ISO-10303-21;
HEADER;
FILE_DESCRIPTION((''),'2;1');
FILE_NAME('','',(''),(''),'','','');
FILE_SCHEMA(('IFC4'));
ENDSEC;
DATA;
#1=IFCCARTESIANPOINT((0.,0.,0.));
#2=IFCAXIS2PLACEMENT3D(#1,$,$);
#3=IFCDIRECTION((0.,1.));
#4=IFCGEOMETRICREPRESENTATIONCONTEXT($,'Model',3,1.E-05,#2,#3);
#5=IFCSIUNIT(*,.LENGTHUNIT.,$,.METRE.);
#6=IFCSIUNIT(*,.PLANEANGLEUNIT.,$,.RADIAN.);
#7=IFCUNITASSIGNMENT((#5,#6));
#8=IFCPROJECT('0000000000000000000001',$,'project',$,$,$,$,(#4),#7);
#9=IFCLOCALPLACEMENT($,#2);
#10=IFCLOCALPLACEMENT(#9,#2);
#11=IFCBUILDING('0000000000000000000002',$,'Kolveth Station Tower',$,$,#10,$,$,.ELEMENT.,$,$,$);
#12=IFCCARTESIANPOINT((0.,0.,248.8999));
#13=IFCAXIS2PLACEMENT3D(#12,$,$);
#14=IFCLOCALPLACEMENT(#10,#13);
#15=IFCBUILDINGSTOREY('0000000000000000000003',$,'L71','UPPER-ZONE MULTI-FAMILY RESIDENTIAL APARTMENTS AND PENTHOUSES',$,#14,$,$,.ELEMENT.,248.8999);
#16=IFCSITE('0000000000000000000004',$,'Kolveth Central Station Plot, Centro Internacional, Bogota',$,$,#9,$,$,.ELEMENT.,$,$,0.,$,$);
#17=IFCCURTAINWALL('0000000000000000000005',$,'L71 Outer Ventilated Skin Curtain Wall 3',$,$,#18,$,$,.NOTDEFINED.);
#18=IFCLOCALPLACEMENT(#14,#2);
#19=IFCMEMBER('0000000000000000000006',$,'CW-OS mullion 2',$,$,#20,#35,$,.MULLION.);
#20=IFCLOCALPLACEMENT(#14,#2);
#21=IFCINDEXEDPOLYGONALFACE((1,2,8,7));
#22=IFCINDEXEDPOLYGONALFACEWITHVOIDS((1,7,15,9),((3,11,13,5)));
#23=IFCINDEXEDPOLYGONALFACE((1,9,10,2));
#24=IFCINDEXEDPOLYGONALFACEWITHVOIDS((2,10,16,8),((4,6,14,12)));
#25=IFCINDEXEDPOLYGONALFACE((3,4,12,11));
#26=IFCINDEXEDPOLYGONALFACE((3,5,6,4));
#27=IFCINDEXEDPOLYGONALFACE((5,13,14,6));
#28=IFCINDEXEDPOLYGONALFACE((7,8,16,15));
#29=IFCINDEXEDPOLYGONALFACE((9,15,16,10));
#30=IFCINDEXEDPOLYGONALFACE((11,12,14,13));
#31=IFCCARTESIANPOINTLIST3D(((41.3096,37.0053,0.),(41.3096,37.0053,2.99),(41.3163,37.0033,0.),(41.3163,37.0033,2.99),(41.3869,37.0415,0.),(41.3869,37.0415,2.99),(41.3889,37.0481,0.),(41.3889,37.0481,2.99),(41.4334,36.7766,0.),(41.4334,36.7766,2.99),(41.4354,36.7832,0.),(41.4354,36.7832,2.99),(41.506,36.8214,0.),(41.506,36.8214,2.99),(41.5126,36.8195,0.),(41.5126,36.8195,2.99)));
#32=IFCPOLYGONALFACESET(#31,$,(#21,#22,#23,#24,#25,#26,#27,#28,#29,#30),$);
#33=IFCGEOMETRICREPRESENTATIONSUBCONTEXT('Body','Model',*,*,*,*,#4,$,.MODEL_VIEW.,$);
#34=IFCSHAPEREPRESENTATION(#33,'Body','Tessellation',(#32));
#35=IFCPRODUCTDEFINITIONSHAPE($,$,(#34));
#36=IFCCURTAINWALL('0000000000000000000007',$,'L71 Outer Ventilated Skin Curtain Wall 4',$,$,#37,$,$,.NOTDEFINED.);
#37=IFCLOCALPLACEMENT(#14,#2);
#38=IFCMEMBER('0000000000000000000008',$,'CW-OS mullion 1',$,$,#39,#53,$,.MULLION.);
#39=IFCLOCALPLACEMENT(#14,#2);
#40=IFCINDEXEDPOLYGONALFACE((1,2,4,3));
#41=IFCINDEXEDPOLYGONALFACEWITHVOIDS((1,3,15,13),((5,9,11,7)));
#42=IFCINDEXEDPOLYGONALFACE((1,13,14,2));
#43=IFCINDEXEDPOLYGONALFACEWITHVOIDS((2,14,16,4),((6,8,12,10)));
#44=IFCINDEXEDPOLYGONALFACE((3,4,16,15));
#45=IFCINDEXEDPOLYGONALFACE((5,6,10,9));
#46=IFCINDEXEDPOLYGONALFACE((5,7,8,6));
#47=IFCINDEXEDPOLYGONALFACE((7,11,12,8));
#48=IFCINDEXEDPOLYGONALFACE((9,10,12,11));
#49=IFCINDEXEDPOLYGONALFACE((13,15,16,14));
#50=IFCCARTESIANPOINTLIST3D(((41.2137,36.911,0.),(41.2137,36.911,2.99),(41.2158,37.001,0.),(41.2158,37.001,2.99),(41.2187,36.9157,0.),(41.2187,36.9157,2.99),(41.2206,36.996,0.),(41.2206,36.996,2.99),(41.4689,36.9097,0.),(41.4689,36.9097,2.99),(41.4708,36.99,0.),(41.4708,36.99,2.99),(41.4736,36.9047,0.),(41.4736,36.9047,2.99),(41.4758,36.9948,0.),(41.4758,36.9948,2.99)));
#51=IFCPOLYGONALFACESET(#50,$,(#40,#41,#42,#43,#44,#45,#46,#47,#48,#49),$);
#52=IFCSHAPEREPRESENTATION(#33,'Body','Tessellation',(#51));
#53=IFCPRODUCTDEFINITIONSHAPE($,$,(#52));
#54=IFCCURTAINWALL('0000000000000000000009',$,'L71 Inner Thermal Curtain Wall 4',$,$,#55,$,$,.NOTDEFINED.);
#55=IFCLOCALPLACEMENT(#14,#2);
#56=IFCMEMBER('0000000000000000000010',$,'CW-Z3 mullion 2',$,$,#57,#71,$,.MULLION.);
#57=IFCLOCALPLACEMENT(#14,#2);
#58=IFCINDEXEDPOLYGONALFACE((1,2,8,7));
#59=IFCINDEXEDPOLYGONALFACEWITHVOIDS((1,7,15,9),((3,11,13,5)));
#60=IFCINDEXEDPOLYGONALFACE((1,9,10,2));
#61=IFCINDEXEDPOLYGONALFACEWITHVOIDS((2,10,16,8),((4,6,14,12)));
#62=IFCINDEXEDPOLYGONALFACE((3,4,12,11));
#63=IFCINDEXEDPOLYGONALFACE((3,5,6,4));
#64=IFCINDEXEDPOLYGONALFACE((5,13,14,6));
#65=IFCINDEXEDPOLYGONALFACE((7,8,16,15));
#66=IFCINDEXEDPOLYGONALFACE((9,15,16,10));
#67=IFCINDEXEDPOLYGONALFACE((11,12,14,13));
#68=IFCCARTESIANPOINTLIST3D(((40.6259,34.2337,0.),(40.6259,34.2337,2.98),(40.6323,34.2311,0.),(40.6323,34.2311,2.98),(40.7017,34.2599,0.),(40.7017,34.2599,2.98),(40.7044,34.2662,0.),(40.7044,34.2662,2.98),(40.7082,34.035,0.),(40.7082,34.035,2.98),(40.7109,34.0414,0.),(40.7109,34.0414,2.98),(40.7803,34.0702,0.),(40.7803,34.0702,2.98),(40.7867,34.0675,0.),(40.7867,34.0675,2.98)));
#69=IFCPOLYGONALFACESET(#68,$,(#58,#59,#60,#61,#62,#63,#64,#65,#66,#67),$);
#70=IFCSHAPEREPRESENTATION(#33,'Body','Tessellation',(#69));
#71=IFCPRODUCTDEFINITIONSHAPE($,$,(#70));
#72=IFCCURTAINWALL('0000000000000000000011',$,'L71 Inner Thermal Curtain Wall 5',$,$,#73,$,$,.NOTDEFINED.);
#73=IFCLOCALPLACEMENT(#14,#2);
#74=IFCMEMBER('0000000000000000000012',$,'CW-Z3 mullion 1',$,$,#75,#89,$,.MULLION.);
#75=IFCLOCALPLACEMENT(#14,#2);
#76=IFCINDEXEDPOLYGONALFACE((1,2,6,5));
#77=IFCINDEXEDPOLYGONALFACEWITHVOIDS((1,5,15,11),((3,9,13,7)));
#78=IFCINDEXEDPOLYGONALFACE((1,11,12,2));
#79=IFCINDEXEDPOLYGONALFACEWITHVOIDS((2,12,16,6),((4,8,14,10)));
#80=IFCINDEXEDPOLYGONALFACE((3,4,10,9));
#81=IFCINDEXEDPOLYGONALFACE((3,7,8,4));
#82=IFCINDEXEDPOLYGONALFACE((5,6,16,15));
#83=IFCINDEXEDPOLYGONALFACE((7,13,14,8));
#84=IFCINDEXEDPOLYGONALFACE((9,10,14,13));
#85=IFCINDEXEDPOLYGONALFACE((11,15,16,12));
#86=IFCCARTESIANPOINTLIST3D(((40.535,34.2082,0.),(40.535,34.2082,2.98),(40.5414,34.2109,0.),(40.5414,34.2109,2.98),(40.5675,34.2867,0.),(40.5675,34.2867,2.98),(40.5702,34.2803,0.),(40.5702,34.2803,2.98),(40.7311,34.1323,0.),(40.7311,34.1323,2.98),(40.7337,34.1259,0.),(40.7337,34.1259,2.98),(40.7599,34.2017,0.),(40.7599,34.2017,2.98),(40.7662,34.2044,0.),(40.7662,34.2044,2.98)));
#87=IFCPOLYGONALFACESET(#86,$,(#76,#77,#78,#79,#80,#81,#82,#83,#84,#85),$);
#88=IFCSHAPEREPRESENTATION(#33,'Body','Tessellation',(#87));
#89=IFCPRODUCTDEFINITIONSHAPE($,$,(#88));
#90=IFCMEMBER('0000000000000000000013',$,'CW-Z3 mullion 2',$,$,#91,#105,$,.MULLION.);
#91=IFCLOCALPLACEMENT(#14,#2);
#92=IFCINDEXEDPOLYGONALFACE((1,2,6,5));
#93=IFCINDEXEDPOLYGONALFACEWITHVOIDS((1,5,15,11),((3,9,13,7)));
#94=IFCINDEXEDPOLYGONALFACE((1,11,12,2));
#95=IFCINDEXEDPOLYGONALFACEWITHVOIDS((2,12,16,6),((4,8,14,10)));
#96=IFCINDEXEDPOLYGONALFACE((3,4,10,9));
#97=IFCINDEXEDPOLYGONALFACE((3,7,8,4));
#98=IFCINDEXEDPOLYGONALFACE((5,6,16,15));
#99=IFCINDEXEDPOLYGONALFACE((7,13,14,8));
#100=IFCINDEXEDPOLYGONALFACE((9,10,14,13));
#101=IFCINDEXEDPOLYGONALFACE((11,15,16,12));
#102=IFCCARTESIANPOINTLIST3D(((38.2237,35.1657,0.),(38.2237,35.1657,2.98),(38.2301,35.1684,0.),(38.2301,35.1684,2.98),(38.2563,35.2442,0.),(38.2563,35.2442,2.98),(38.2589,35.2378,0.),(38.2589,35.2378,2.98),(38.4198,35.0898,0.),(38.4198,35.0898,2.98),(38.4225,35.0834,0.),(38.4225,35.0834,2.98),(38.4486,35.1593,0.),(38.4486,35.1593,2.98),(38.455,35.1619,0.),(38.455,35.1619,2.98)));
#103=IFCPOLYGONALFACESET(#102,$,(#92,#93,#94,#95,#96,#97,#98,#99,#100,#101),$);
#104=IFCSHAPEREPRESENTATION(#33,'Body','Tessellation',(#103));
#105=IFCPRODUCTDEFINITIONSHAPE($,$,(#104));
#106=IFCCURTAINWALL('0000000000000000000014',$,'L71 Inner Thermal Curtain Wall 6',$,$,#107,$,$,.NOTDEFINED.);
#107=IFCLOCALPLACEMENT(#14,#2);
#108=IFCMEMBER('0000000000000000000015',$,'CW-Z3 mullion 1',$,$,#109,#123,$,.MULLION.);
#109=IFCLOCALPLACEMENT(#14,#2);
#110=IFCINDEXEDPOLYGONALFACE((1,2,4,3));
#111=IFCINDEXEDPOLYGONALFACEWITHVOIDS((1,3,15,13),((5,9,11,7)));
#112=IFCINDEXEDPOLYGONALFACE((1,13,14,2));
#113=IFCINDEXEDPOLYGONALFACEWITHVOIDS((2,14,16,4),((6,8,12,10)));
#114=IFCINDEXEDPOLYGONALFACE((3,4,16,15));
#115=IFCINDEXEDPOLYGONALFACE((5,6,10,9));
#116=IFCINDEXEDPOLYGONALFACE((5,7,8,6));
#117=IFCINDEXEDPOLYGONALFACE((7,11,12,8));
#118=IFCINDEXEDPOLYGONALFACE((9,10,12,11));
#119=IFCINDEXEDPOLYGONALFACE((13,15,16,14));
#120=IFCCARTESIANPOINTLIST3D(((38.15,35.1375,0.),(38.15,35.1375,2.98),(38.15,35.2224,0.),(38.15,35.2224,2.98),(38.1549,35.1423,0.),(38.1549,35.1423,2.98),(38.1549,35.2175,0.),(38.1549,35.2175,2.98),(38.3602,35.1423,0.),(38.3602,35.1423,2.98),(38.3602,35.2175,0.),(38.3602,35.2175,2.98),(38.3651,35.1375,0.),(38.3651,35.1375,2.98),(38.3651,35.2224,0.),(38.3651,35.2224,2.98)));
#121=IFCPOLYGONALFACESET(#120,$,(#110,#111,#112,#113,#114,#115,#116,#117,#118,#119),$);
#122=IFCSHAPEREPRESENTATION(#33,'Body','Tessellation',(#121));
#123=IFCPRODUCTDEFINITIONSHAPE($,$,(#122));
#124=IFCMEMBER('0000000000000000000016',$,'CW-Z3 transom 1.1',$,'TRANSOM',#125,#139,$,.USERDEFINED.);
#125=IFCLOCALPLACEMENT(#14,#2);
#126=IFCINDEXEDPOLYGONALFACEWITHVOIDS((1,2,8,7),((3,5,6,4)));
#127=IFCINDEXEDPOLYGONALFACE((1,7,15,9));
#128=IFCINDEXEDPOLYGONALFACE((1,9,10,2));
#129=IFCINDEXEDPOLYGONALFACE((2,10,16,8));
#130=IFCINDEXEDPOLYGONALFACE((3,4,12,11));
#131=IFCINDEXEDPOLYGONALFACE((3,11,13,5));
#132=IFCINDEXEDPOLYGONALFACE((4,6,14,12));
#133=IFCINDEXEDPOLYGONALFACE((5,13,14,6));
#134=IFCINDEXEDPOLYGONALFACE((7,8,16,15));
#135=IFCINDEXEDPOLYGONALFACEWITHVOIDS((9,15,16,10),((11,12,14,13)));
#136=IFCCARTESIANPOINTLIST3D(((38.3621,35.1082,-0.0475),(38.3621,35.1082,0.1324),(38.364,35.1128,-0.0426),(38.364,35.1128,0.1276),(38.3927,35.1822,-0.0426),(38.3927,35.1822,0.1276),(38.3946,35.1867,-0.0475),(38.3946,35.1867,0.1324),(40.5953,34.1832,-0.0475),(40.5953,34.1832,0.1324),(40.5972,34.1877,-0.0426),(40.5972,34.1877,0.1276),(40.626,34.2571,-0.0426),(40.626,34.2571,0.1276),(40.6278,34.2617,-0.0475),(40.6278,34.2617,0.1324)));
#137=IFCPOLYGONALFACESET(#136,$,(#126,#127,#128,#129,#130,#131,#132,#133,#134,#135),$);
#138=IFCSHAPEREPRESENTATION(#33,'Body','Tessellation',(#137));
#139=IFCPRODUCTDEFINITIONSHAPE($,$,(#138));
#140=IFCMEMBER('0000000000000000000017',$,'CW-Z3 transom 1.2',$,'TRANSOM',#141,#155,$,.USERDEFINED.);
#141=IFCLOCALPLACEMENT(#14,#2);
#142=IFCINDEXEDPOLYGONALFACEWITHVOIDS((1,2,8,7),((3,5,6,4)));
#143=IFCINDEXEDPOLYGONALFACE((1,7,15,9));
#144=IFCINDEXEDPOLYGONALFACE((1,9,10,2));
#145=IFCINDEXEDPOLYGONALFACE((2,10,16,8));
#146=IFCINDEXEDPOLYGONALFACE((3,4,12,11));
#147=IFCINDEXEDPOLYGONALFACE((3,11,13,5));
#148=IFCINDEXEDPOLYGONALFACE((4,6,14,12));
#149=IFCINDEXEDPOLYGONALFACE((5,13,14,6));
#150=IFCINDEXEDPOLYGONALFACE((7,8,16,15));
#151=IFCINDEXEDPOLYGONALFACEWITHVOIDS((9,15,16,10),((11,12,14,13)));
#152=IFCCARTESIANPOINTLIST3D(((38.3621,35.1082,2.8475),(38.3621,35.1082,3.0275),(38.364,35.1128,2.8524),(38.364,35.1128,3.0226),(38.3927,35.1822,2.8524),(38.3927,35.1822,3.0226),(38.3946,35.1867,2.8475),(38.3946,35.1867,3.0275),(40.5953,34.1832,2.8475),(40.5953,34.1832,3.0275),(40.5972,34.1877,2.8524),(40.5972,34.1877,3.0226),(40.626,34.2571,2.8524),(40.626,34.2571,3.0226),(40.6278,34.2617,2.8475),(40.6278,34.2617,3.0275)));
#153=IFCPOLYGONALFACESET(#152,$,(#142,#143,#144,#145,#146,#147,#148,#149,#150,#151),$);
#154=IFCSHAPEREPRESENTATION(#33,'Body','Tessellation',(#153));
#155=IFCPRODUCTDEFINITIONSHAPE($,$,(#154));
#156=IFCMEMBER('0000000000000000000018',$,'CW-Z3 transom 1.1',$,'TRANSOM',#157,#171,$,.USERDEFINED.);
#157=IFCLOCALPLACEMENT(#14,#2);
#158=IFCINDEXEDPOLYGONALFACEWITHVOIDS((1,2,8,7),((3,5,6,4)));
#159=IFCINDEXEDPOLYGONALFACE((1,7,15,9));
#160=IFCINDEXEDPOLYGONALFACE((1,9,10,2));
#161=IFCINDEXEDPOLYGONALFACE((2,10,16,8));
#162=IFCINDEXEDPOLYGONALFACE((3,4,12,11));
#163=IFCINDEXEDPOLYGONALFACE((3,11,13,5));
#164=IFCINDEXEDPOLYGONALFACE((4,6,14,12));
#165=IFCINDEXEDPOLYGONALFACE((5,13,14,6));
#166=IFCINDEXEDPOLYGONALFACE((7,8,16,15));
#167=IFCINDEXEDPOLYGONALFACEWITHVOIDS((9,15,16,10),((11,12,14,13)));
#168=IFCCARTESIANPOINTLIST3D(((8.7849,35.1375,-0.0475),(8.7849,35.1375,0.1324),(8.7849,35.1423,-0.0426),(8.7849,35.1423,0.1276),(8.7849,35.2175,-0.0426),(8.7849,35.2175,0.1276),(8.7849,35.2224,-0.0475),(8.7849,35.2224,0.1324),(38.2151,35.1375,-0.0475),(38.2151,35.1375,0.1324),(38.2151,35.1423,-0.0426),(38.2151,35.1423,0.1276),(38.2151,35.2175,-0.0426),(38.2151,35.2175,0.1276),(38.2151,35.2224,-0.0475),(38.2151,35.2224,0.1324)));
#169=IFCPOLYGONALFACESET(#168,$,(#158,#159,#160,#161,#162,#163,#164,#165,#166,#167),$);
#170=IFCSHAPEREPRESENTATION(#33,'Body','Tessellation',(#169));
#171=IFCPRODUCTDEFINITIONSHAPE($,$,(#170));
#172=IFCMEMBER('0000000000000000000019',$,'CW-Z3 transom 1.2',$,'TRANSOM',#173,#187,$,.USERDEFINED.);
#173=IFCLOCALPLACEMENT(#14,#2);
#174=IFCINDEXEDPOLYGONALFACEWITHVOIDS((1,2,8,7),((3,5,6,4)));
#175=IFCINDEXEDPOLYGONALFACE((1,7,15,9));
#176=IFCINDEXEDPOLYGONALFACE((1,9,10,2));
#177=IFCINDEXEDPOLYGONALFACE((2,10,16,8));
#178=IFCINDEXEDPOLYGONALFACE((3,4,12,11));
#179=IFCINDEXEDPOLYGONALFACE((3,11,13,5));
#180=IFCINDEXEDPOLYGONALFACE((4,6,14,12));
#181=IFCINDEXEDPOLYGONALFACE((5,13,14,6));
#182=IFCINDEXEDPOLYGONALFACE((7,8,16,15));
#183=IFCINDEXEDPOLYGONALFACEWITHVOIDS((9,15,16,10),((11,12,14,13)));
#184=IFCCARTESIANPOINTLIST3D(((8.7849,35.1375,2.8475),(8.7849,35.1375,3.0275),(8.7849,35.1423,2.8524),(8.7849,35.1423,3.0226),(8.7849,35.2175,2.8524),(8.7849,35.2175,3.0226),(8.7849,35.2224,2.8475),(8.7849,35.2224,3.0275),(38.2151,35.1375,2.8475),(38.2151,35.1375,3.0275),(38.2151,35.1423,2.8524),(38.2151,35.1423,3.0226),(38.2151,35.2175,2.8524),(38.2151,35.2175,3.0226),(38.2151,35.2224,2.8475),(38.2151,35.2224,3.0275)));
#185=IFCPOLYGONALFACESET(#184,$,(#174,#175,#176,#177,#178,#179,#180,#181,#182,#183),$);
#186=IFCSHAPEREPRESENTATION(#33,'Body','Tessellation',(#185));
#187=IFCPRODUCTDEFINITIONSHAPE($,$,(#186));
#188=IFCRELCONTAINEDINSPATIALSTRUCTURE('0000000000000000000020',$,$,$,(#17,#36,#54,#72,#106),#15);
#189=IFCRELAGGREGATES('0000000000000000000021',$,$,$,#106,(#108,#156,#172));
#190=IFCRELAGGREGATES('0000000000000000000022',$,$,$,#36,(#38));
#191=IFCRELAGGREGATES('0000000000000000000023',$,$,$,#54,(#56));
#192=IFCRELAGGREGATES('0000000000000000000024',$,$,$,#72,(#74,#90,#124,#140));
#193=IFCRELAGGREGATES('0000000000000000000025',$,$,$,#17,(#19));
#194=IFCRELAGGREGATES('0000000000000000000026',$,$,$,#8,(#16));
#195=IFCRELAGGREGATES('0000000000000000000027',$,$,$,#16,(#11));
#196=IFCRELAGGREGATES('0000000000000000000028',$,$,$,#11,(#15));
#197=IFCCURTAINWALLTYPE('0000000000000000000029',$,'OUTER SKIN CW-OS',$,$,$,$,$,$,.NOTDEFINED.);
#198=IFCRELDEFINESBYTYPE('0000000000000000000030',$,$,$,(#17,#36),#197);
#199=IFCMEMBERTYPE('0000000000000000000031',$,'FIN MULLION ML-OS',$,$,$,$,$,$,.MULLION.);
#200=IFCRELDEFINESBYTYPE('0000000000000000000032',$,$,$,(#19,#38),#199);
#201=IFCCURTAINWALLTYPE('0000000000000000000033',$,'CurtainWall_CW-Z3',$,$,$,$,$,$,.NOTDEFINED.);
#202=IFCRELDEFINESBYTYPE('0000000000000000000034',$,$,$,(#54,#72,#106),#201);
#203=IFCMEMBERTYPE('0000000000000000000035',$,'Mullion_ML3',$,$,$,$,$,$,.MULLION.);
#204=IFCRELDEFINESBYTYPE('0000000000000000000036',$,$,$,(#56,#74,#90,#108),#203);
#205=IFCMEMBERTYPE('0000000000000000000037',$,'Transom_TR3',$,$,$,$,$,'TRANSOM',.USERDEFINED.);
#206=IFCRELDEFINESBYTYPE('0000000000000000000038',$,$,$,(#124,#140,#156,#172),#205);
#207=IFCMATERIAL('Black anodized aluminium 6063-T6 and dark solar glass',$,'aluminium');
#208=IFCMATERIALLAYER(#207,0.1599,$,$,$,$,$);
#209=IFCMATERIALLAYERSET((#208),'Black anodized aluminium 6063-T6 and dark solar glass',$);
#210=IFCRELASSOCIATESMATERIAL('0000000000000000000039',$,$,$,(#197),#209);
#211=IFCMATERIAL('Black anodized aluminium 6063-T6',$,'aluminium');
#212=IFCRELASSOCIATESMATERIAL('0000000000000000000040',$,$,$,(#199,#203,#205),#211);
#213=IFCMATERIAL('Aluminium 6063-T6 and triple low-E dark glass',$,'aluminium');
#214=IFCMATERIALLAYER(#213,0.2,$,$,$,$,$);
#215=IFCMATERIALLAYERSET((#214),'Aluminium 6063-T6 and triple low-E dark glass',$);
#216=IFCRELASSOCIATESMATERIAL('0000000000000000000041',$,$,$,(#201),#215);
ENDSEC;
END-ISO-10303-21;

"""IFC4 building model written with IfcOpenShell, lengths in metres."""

from ifc_helpers import new_model, si_unit, direction, frame, origin, origin_2d, place, context, subcontext, project, spatial, hollow_rectangle, extrude, source, transform, mapped, material, layer, layer_set, material_profile, profile_set, type_object, element, aggregate, save


model = new_model("IFC4")

# Units and contexts
model_context = context("Model", 3, precision=1e-05, world=origin(), true_north=direction((0.0, 1.0)))
body_context = subcontext(model_context, "Body", "Model", "MODEL_VIEW")
ifc_project = project(units=[si_unit("LENGTHUNIT", "METRE"), si_unit("PLANEANGLEUNIT", "RADIAN")], contexts=[model_context])

# Site, building, storey
site_placement = place(None, origin())
site = spatial("IfcSite", under=ifc_project, at=site_placement, Name="Kolveth Central Station Plot, Centro Internacional, Bogota", CompositionType="ELEMENT", RefElevation=0.0)
building_placement = place(site_placement, origin())
building = spatial("IfcBuilding", under=site, at=building_placement, Name="Kolveth Station Tower", CompositionType="ELEMENT")
storey_placement = place(building_placement, frame((0.0, 0.0, 248.8999)))
storey = spatial("IfcBuildingStorey", under=building, at=storey_placement, Name="L71", Description="UPPER-ZONE MULTI-FAMILY RESIDENTIAL APARTMENTS AND PENTHOUSES", CompositionType="ELEMENT", Elevation=248.8999)

# Curtain walls, members
ifc_material_1 = material(Name="Black anodized aluminium 6063-T6 and dark solar glass", Category="aluminium")
ifc_layer_1 = layer(ifc_material_1, 0.1599)
ifc_layer_set_1 = layer_set([ifc_layer_1], Name="Black anodized aluminium 6063-T6 and dark solar glass")
curtain_wall_type_1 = type_object("IfcCurtainWallType", Name="OUTER SKIN CW-OS", PredefinedType="NOTDEFINED", material=ifc_layer_set_1)
curtain_wall_1_placement = place(storey_placement, origin())
curtain_wall_1 = element("IfcCurtainWall", 1, at=curtain_wall_1_placement, inside=storey, type_object=curtain_wall_type_1, Name="L71 Outer Ventilated Skin Curtain Wall 3", PredefinedType="NOTDEFINED")
ifc_material_2 = material(Name="Black anodized aluminium 6063-T6", Category="aluminium")
ifc_material_profile_1 = material_profile(ifc_material_2, hollow_rectangle(XDim=0.0901, YDim=0.26, WallThickness=0.0049, at=origin_2d()), Name="ALU-90x260x5")
ifc_profile_set_1 = profile_set([ifc_material_profile_1], Name="Black anodized aluminium 6063-T6")
member_type_1 = type_object("IfcMemberType", Name="FIN MULLION ML-OS", PredefinedType="MULLION", material=ifc_profile_set_1)
shared_shape_1 = source(origin(), body_context, "Body", "SweptSolid", [
    extrude(hollow_rectangle(XDim=0.0901, YDim=0.26, WallThickness=0.0049, at=origin_2d()), origin(), (0.0, 0.0, 1.0), 2.99),
])
member_1_placement = place(storey_placement, frame((41.4111, 36.9124, 0.0), z_axis=(0.0, 0.0, 1.0), x_axis=(-0.87947, -0.475954, 0.0)))
member_1 = element("IfcMember", 2, at=member_1_placement, type_object=member_type_1, Name="CW-OS mullion 2", PredefinedType="MULLION", context=body_context, shape_type="MappedRepresentation", body=[
    mapped(shared_shape_1, transform((0.0, 0.0, 0.0), x_axis=(1.0, 0.0, 0.0), y_axis=(0.0, 1.0, 0.0), z_axis=(0.0, 0.0, 1.0), scale=1.0)),
])
curtain_wall_2_placement = place(storey_placement, origin())
curtain_wall_2 = element("IfcCurtainWall", 3, at=curtain_wall_2_placement, inside=storey, type_object=curtain_wall_type_1, Name="L71 Outer Ventilated Skin Curtain Wall 4", PredefinedType="NOTDEFINED")
member_2_placement = place(storey_placement, frame((41.3447, 36.9529, 0.0), z_axis=(0.0, 0.0, 1.0), x_axis=(-0.023864, -0.999715, 0.0)))
member_2 = element("IfcMember", 4, at=member_2_placement, type_object=member_type_1, Name="CW-OS mullion 1", PredefinedType="MULLION", context=body_context, shape_type="MappedRepresentation", body=[
    mapped(shared_shape_1, transform((0.0, 0.0, 0.0), x_axis=(1.0, 0.0, 0.0), y_axis=(0.0, 1.0, 0.0), z_axis=(0.0, 0.0, 1.0), scale=1.0)),
])
ifc_material_3 = material(Name="Aluminium 6063-T6 and triple low-E dark glass", Category="aluminium")
ifc_layer_2 = layer(ifc_material_3, 0.2)
ifc_layer_set_2 = layer_set([ifc_layer_2], Name="Aluminium 6063-T6 and triple low-E dark glass")
curtain_wall_type_2 = type_object("IfcCurtainWallType", Name="CurtainWall_CW-Z3", PredefinedType="NOTDEFINED", material=ifc_layer_set_2)
curtain_wall_3_placement = place(storey_placement, origin())
curtain_wall_3 = element("IfcCurtainWall", 5, at=curtain_wall_3_placement, inside=storey, type_object=curtain_wall_type_2, Name="L71 Inner Thermal Curtain Wall 4", PredefinedType="NOTDEFINED")
ifc_material_profile_2 = material_profile(ifc_material_2, hollow_rectangle(XDim=0.085, YDim=0.2151, WallThickness=0.0049, at=origin_2d()), Name="ALU-85x215x5")
ifc_profile_set_2 = profile_set([ifc_material_profile_2], Name="Black anodized aluminium 6063-T6")
member_type_2 = type_object("IfcMemberType", Name="Mullion_ML3", PredefinedType="MULLION", material=ifc_profile_set_2)
shared_shape_2 = source(origin(), body_context, "Body", "SweptSolid", [
    extrude(hollow_rectangle(XDim=0.085, YDim=0.2151, WallThickness=0.0049, at=origin_2d()), origin(), (0.0, 0.0, 1.0), 2.98),
])
member_3_placement = place(storey_placement, frame((40.7063, 34.1506, 0.0), z_axis=(0.0, 0.0, 1.0), x_axis=(-0.923875, -0.382693, 0.0)))
member_3 = element("IfcMember", 6, at=member_3_placement, type_object=member_type_2, Name="CW-Z3 mullion 2", PredefinedType="MULLION", context=body_context, shape_type="MappedRepresentation", body=[
    mapped(shared_shape_2, transform((0.0, 0.0, 0.0), x_axis=(1.0, 0.0, 0.0), y_axis=(0.0, 1.0, 0.0), z_axis=(0.0, 0.0, 1.0), scale=1.0)),
])

# Curtain wall, members
curtain_wall_4_placement = place(storey_placement, origin())
curtain_wall_4 = element("IfcCurtainWall", 7, at=curtain_wall_4_placement, inside=storey, type_object=curtain_wall_type_2, Name="L71 Inner Thermal Curtain Wall 5", PredefinedType="NOTDEFINED")
member_4_placement = place(storey_placement, frame((40.6506, 34.2063, 0.0), z_axis=(0.0, 0.0, 1.0), x_axis=(-0.382693, -0.923875, 0.0)))
member_4 = element("IfcMember", 8, at=member_4_placement, type_object=member_type_2, Name="CW-Z3 mullion 1", PredefinedType="MULLION", context=body_context, shape_type="MappedRepresentation", body=[
    mapped(shared_shape_2, transform((0.0, 0.0, 0.0), x_axis=(1.0, 0.0, 0.0), y_axis=(0.0, 1.0, 0.0), z_axis=(0.0, 0.0, 1.0), scale=1.0)),
])
member_5_placement = place(storey_placement, frame((38.3394, 35.1638, 0.0), z_axis=(0.0, 0.0, 1.0), x_axis=(-0.382693, -0.923875, 0.0)))
member_5 = element("IfcMember", 9, at=member_5_placement, type_object=member_type_2, Name="CW-Z3 mullion 2", PredefinedType="MULLION", context=body_context, shape_type="MappedRepresentation", body=[
    mapped(shared_shape_2, transform((0.0, 0.0, 0.0), x_axis=(1.0, 0.0, 0.0), y_axis=(0.0, 1.0, 0.0), z_axis=(0.0, 0.0, 1.0), scale=1.0)),
])

# Curtain wall, member
curtain_wall_5_placement = place(storey_placement, origin())
curtain_wall_5 = element("IfcCurtainWall", 10, at=curtain_wall_5_placement, inside=storey, type_object=curtain_wall_type_2, Name="L71 Inner Thermal Curtain Wall 6", PredefinedType="NOTDEFINED")
member_6_placement = place(storey_placement, frame((38.2576, 35.1799, 0.0), z_axis=(0.0, 0.0, 1.0), x_axis=(0.0, -1.0, 0.0)))
member_6 = element("IfcMember", 11, at=member_6_placement, type_object=member_type_2, Name="CW-Z3 mullion 1", PredefinedType="MULLION", context=body_context, shape_type="MappedRepresentation", body=[
    mapped(shared_shape_2, transform((0.0, 0.0, 0.0), x_axis=(1.0, 0.0, 0.0), y_axis=(0.0, 1.0, 0.0), z_axis=(0.0, 0.0, 1.0), scale=1.0)),
])

# Members
ifc_material_profile_3 = material_profile(ifc_material_2, hollow_rectangle(XDim=0.085, YDim=0.1799, WallThickness=0.0049, at=origin_2d()), Name="ALU-85x180x5")
ifc_profile_set_3 = profile_set([ifc_material_profile_3], Name="Black anodized aluminium 6063-T6")
member_type_3 = type_object("IfcMemberType", Name="Transom_TR3", ElementType="TRANSOM", PredefinedType="USERDEFINED", material=ifc_profile_set_3)
shared_shape_3 = source(origin(), body_context, "Body", "SweptSolid", [
    extrude(hollow_rectangle(XDim=0.085, YDim=0.1799, WallThickness=0.0049, at=origin_2d()), origin(), (0.0, 0.0, 1.0), 2.4172),
])
member_7_placement = place(storey_placement, frame((40.6116, 34.2224, 0.0425), z_axis=(-0.923873, 0.3827, 0.0), x_axis=(-0.3827, -0.923873, 0.0)))
member_7 = element("IfcMember", 12, at=member_7_placement, type_object=member_type_3, Name="CW-Z3 transom 1.1", ObjectType="TRANSOM", PredefinedType="USERDEFINED", context=body_context, shape_type="MappedRepresentation", body=[
    mapped(shared_shape_3, transform((0.0, 0.0, 0.0), x_axis=(1.0, 0.0, 0.0), y_axis=(0.0, 1.0, 0.0), z_axis=(0.0, 0.0, 1.0), scale=1.0)),
])
member_8_placement = place(storey_placement, frame((40.6116, 34.2224, 2.9375), z_axis=(-0.923873, 0.3827, 0.0), x_axis=(-0.3827, -0.923873, 0.0)))
member_8 = element("IfcMember", 13, at=member_8_placement, type_object=member_type_3, Name="CW-Z3 transom 1.2", ObjectType="TRANSOM", PredefinedType="USERDEFINED", context=body_context, shape_type="MappedRepresentation", body=[
    mapped(shared_shape_3, transform((0.0, 0.0, 0.0), x_axis=(1.0, 0.0, 0.0), y_axis=(0.0, 1.0, 0.0), z_axis=(0.0, 0.0, 1.0), scale=1.0)),
])
shared_shape_4 = source(origin(), body_context, "Body", "SweptSolid", [
    extrude(hollow_rectangle(XDim=0.085, YDim=0.1799, WallThickness=0.0049, at=origin_2d()), origin(), (0.0, 0.0, 1.0), 29.4302),
])
member_9_placement = place(storey_placement, frame((38.2151, 35.1799, 0.0425), z_axis=(-1.0, 0.0, 0.0), x_axis=(0.0, -1.0, 0.0)))
member_9 = element("IfcMember", 14, at=member_9_placement, type_object=member_type_3, Name="CW-Z3 transom 1.1", ObjectType="TRANSOM", PredefinedType="USERDEFINED", context=body_context, shape_type="MappedRepresentation", body=[
    mapped(shared_shape_4, transform((0.0, 0.0, 0.0), x_axis=(1.0, 0.0, 0.0), y_axis=(0.0, 1.0, 0.0), z_axis=(0.0, 0.0, 1.0), scale=1.0)),
])
member_10_placement = place(storey_placement, frame((38.2151, 35.1799, 2.9375), z_axis=(-1.0, 0.0, 0.0), x_axis=(0.0, -1.0, 0.0)))
member_10 = element("IfcMember", 15, at=member_10_placement, type_object=member_type_3, Name="CW-Z3 transom 1.2", ObjectType="TRANSOM", PredefinedType="USERDEFINED", context=body_context, shape_type="MappedRepresentation", body=[
    mapped(shared_shape_4, transform((0.0, 0.0, 0.0), x_axis=(1.0, 0.0, 0.0), y_axis=(0.0, 1.0, 0.0), z_axis=(0.0, 0.0, 1.0), scale=1.0)),
])
aggregate(curtain_wall_5, [member_6, member_9, member_10])
aggregate(curtain_wall_2, [member_2])

aggregate(curtain_wall_3, [member_3])
aggregate(curtain_wall_4, [member_4, member_5, member_7, member_8])
aggregate(curtain_wall_1, [member_1])

save(model, "model.ifc")
